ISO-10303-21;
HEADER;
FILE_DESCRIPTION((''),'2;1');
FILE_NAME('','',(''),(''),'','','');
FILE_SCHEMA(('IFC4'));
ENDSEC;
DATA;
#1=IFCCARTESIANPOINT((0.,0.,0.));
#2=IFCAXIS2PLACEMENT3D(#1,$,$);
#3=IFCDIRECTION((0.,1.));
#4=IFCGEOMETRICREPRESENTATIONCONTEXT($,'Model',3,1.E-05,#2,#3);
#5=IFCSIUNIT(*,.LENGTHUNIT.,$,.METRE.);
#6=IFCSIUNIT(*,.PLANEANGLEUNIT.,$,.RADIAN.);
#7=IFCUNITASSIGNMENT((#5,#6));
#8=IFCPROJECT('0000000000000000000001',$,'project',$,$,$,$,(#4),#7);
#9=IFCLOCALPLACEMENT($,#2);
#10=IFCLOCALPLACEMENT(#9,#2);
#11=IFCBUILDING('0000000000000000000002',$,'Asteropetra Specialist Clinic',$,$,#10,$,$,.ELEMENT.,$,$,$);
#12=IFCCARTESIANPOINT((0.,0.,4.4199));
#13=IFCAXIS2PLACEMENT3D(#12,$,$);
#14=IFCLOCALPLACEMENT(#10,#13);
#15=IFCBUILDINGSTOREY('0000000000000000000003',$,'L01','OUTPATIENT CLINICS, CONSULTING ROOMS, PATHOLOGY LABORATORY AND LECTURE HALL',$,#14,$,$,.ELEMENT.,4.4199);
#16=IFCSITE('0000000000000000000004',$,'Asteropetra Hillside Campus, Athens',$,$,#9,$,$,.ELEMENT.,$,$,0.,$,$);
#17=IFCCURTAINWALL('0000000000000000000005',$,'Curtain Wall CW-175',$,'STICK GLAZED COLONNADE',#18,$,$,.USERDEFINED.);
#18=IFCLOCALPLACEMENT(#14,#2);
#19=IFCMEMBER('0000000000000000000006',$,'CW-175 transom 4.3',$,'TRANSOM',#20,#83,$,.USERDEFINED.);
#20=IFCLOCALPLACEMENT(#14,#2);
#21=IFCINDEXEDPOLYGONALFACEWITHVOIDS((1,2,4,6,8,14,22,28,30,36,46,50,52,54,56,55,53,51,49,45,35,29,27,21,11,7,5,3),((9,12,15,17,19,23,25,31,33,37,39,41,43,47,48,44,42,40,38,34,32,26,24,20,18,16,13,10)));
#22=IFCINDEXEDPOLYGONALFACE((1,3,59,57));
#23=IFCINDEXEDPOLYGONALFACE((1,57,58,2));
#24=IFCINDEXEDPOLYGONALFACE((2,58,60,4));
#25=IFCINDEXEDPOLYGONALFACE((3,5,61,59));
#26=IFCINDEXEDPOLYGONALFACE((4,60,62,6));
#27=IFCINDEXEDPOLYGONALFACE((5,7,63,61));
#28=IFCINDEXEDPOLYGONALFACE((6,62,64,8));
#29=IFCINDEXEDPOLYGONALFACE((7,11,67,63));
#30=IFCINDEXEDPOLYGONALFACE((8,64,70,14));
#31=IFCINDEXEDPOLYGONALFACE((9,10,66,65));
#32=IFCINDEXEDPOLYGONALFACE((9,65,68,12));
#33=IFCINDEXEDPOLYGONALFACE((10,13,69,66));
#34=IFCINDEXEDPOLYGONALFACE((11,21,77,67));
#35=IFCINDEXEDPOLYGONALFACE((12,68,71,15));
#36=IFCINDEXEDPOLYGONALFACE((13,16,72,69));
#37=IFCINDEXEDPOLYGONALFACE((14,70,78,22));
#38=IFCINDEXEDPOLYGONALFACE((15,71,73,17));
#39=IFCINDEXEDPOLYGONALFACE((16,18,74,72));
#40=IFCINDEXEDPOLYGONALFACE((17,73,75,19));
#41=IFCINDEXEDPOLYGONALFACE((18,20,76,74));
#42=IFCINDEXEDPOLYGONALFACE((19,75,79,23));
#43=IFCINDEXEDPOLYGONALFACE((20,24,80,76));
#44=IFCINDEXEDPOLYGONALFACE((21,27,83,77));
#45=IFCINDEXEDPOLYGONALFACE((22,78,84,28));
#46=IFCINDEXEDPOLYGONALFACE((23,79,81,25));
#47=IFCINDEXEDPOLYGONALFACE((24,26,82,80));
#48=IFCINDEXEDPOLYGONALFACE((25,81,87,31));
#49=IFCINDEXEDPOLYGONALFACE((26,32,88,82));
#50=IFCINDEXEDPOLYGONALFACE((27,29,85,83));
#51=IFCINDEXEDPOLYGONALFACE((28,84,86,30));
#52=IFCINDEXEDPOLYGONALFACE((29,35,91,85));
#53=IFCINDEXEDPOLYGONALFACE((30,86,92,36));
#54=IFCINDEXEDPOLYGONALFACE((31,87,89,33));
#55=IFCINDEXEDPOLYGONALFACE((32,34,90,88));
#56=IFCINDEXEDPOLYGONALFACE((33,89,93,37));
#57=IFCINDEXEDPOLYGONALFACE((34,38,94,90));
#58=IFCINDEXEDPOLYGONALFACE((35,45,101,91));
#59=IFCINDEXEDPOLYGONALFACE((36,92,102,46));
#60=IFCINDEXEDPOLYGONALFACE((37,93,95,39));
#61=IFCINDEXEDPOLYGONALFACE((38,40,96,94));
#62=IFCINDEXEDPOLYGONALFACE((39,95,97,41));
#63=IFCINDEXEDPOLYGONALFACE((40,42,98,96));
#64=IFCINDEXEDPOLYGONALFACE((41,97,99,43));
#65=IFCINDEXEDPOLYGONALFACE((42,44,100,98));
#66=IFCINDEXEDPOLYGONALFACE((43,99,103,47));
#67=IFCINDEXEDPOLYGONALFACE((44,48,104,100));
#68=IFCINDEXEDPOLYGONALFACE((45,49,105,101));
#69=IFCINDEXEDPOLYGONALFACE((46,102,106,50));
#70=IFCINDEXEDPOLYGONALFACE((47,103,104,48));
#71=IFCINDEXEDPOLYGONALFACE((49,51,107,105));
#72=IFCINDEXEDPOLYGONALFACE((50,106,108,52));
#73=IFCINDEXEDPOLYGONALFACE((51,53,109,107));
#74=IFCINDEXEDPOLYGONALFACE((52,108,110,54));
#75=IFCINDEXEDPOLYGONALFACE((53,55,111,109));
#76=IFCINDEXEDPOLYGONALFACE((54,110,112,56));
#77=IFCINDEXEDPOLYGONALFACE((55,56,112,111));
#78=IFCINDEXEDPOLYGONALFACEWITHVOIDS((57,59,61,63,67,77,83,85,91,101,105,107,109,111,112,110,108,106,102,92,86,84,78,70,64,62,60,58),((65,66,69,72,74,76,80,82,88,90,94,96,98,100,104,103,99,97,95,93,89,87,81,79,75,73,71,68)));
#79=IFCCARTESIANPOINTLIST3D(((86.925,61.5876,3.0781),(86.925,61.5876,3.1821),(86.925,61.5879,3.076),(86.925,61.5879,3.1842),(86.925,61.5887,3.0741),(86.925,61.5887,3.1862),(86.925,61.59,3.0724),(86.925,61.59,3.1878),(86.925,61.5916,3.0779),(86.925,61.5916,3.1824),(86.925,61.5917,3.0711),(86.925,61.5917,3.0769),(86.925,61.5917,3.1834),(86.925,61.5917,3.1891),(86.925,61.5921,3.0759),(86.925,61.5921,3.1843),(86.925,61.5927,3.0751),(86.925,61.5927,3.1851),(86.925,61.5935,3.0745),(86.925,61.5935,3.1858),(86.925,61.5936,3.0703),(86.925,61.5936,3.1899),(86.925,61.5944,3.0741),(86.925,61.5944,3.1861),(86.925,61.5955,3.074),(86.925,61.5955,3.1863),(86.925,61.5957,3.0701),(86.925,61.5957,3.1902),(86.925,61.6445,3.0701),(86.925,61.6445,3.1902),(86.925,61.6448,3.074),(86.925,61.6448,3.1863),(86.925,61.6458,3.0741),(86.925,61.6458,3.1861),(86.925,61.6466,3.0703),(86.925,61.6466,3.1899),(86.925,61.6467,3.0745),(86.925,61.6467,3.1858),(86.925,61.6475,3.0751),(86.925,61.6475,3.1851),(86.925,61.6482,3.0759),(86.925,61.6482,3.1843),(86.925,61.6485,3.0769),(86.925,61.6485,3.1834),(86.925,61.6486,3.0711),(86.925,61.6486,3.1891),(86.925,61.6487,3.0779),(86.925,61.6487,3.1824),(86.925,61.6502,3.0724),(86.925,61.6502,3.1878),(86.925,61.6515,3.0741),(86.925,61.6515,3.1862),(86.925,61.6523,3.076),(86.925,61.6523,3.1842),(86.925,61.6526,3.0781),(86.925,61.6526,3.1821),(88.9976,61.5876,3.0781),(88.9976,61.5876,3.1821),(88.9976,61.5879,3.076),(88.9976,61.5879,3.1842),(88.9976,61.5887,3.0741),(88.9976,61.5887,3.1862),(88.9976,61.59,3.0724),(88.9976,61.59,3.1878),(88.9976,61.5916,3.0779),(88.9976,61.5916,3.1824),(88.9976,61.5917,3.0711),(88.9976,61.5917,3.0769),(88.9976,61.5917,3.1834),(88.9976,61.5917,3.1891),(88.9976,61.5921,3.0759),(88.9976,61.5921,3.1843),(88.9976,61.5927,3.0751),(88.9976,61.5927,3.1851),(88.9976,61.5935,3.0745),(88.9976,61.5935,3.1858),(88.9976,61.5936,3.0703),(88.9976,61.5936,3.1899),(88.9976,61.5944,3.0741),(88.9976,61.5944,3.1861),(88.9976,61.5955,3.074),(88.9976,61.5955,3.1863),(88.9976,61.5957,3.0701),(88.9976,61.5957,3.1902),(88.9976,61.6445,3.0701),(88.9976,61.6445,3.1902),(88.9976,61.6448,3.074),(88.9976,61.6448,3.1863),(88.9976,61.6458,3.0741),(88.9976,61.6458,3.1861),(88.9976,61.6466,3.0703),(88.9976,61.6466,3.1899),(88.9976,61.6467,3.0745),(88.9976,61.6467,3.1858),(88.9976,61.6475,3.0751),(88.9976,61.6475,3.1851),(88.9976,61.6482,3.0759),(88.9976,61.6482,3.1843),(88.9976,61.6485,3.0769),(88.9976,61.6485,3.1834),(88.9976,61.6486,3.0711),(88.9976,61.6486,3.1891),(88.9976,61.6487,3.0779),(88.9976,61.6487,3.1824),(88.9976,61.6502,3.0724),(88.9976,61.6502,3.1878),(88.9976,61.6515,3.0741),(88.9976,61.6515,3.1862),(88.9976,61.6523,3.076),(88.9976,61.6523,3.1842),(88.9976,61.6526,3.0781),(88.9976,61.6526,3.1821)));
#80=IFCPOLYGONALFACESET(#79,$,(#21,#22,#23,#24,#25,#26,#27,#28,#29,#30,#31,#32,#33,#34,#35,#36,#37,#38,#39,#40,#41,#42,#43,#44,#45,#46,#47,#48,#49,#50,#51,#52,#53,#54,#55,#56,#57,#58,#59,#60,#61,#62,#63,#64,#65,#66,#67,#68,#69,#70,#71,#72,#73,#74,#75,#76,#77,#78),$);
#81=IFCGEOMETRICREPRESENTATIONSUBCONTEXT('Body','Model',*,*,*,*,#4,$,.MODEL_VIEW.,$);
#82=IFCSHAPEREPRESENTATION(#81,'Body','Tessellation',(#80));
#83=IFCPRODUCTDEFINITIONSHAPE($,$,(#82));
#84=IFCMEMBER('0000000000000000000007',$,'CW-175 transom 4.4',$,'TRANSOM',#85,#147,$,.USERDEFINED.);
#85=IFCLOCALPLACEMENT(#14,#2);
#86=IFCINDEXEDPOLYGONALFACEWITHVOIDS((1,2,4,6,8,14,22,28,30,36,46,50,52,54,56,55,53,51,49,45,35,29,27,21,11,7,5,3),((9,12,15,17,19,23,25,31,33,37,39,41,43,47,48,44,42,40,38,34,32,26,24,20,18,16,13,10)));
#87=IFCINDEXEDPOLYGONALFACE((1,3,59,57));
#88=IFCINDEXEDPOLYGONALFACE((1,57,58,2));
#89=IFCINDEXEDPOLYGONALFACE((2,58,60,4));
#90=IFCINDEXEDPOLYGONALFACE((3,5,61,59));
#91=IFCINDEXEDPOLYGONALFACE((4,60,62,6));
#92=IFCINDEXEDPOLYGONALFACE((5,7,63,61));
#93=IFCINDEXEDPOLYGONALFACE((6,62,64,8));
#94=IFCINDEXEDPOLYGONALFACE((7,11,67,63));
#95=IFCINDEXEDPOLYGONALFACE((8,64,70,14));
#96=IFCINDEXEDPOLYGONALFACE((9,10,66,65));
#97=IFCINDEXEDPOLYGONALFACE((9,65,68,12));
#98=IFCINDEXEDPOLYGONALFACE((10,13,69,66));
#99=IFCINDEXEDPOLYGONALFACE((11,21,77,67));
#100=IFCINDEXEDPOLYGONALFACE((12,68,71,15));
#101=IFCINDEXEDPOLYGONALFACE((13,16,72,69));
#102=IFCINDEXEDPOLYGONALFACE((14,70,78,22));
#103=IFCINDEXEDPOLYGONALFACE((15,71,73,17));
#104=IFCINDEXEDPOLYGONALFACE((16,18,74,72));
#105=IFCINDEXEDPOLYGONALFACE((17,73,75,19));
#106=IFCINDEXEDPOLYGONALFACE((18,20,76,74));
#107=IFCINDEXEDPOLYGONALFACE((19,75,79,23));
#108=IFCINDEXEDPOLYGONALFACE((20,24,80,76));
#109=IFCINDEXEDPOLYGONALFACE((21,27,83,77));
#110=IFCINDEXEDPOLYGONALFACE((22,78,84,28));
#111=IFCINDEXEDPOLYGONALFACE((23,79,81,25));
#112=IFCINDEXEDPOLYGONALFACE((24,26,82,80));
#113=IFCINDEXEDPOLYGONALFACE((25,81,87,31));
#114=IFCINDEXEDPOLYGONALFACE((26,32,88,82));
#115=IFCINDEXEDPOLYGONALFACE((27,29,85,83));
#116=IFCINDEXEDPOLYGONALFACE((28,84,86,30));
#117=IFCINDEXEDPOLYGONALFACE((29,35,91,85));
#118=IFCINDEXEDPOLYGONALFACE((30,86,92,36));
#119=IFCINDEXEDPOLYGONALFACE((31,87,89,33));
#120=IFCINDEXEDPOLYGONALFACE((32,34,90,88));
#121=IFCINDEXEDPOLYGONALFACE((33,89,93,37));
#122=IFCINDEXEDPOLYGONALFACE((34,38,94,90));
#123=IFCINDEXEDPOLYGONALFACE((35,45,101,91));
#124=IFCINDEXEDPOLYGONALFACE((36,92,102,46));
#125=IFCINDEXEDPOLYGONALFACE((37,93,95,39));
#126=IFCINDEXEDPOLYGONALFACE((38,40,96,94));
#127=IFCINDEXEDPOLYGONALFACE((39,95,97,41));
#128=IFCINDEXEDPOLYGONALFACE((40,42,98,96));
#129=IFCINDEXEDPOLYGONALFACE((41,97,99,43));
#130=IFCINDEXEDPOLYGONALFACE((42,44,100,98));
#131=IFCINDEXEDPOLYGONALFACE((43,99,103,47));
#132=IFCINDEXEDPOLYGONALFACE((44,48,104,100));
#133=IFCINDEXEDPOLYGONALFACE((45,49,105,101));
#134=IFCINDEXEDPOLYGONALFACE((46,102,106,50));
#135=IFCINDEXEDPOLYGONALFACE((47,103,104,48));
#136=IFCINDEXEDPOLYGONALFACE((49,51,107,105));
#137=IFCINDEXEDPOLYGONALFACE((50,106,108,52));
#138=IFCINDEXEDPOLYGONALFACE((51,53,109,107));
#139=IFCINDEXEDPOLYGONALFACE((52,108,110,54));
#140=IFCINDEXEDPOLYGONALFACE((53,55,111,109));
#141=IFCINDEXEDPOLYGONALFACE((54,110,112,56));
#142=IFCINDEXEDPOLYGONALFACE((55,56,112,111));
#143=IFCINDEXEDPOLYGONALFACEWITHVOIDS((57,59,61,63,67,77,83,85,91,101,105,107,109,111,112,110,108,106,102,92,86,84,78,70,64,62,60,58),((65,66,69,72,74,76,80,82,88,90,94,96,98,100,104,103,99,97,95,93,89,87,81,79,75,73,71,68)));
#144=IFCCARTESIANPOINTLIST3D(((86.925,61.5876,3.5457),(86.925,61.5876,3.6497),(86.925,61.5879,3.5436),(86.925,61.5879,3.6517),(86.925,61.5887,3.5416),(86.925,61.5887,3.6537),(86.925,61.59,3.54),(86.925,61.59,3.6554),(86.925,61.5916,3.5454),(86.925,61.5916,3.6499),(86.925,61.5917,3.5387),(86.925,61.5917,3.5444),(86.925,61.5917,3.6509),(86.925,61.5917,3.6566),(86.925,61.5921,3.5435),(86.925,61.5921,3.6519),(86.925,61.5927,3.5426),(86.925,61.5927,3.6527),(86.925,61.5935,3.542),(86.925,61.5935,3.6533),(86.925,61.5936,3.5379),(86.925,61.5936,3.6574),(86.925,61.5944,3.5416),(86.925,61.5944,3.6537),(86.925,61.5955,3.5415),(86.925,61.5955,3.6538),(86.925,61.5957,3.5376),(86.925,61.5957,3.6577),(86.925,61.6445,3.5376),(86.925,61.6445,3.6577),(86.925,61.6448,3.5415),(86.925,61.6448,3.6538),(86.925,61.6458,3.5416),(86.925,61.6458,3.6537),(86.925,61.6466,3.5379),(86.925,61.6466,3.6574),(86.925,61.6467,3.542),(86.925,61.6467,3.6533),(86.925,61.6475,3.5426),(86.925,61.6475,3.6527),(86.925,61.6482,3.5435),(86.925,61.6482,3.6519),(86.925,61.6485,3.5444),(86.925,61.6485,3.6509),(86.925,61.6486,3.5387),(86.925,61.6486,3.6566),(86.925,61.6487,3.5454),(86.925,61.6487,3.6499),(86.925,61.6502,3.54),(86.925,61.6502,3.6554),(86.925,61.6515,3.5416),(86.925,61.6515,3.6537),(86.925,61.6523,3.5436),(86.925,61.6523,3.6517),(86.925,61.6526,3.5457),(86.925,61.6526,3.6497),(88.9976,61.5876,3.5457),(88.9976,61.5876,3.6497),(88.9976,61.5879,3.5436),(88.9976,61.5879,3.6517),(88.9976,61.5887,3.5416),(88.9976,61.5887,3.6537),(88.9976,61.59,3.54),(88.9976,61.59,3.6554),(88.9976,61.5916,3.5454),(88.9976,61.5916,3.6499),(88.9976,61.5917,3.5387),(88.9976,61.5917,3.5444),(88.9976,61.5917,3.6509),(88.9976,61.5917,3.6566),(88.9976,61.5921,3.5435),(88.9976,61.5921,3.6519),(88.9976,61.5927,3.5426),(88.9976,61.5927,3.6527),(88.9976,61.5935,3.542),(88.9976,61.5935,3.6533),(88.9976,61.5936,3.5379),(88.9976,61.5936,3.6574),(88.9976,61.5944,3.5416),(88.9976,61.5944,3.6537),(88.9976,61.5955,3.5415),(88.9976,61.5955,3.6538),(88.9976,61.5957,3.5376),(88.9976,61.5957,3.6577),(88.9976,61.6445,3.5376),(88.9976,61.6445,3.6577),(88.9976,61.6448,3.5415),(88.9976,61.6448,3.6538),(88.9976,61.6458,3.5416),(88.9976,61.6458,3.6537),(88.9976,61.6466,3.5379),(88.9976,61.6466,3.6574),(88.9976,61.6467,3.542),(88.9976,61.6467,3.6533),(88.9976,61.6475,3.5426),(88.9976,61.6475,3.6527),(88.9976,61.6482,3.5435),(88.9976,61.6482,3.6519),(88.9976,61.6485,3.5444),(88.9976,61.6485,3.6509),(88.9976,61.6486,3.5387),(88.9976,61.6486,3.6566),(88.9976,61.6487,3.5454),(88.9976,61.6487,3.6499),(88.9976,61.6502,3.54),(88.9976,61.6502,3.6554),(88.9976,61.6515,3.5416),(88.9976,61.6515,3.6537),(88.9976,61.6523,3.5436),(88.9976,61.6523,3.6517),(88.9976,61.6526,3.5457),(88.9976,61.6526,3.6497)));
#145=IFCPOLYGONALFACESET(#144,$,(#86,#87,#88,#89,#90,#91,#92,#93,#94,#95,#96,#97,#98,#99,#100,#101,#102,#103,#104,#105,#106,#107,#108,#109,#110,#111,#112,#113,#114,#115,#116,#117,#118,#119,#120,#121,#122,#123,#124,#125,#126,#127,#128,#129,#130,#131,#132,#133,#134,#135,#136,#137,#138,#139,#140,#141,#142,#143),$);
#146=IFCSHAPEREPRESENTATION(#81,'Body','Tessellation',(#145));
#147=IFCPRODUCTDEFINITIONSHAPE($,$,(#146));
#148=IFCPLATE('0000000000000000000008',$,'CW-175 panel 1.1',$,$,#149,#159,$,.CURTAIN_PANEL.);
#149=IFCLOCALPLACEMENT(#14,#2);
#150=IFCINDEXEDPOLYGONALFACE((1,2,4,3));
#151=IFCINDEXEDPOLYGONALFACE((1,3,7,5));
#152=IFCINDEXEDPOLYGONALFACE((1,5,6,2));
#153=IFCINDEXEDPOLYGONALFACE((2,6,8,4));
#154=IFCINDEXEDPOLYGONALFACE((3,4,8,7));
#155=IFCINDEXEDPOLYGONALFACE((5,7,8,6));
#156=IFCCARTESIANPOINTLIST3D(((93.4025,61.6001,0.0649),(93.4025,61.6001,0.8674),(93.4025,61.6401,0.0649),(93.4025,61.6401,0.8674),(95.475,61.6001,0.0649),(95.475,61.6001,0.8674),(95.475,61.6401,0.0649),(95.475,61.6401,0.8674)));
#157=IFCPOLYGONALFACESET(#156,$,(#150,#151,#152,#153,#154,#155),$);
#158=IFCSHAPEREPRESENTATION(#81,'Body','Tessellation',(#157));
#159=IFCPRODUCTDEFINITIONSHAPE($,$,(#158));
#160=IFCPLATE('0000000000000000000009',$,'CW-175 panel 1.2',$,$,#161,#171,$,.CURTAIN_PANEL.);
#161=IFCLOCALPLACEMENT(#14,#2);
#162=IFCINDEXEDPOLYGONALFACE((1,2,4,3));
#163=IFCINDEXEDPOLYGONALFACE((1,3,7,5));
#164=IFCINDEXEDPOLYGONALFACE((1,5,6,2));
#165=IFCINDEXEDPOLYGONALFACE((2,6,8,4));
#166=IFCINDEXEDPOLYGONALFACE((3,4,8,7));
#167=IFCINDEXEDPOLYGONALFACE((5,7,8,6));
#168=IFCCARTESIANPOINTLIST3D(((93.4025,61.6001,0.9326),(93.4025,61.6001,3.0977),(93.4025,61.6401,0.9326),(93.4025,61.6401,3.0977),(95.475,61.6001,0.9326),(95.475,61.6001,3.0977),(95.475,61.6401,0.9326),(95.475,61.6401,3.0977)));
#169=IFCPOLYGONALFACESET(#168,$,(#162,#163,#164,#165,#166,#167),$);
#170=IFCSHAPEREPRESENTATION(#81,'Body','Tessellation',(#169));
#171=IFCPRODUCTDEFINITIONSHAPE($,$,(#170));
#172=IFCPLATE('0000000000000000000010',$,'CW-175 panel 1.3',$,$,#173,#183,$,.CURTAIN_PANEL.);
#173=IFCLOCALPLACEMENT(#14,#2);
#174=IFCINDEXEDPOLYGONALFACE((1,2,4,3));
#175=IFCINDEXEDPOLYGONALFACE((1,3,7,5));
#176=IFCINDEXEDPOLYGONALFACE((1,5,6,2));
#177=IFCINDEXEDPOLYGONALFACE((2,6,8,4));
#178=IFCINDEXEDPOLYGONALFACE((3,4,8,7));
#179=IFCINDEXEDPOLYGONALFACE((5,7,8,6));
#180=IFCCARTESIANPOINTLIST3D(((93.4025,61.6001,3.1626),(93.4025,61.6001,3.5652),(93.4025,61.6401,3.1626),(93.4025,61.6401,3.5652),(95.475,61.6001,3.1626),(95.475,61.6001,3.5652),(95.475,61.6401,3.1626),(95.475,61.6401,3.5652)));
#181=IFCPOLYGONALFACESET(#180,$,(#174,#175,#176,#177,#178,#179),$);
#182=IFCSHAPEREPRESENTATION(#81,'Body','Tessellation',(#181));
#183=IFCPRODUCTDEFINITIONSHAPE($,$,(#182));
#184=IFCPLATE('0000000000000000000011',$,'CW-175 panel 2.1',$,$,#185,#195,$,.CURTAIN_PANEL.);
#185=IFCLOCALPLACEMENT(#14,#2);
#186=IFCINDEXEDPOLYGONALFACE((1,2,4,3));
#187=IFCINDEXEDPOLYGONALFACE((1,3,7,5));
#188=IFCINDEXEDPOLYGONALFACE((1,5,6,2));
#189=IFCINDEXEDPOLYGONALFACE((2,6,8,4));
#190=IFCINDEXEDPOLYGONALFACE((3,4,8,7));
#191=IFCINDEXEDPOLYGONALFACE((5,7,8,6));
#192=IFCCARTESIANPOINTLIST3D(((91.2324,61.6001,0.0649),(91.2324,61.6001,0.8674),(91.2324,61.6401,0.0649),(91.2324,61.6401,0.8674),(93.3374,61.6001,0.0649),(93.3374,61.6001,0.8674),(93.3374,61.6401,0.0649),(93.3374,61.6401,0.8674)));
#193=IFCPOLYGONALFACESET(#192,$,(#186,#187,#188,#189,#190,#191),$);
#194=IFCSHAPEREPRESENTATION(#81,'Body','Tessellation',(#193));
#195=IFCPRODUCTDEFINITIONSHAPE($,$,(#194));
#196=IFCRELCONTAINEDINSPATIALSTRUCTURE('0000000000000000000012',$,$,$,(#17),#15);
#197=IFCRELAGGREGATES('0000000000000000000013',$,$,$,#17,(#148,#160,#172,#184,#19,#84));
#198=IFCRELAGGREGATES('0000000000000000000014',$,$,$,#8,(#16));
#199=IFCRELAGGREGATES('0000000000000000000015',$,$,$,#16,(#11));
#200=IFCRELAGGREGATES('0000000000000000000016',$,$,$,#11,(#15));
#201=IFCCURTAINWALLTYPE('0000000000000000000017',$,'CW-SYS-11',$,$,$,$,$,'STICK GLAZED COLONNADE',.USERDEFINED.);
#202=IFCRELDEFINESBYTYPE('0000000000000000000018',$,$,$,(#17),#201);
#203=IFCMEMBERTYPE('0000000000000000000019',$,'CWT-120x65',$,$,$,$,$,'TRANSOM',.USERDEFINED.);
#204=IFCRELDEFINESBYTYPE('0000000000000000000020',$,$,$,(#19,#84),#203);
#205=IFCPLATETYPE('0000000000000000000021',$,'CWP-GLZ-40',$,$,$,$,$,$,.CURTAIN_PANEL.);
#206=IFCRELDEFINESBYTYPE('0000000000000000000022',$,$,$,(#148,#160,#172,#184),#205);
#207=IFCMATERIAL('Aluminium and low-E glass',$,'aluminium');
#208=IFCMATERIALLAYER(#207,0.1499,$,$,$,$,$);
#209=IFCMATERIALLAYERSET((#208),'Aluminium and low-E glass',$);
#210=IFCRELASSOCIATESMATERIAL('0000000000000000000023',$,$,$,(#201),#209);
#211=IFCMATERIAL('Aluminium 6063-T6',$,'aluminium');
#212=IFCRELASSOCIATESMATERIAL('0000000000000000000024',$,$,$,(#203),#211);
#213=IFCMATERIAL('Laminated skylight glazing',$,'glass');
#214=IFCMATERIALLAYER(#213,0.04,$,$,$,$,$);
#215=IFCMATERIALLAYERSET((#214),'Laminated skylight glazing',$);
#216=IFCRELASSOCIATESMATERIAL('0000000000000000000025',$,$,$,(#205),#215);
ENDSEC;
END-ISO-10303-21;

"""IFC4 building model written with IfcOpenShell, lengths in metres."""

from ifc_helpers import new_model, si_unit, direction, frame, origin, origin_2d, place, context, subcontext, project, spatial, rectangle, hollow_rectangle, extrude, material, layer, layer_set, material_profile, profile_set, type_object, element, aggregate, save


model = new_model("IFC4")

# Units and contexts
model_context = context("Model", 3, precision=1e-05, world=origin(), true_north=direction((0.0, 1.0)))
body_context = subcontext(model_context, "Body", "Model", "MODEL_VIEW")
ifc_project = project(units=[si_unit("LENGTHUNIT", "METRE"), si_unit("PLANEANGLEUNIT", "RADIAN")], contexts=[model_context])

# Site, building, storey
site_placement = place(None, origin())
site = spatial("IfcSite", under=ifc_project, at=site_placement, Name="Asteropetra Hillside Campus, Athens", CompositionType="ELEMENT", RefElevation=0.0)
building_placement = place(site_placement, origin())
building = spatial("IfcBuilding", under=site, at=building_placement, Name="Asteropetra Specialist Clinic", CompositionType="ELEMENT")
storey_placement = place(building_placement, frame((0.0, 0.0, 4.4199)))
storey = spatial("IfcBuildingStorey", under=building, at=storey_placement, Name="L01", Description="OUTPATIENT CLINICS, CONSULTING ROOMS, PATHOLOGY LABORATORY AND LECTURE HALL", CompositionType="ELEMENT", Elevation=4.4199)

# Curtain wall, members, plates
ifc_material_1 = material(Name="Aluminium and low-E glass", Category="aluminium")
ifc_layer_1 = layer(ifc_material_1, 0.1499)
ifc_layer_set_1 = layer_set([ifc_layer_1], Name="Aluminium and low-E glass")
curtain_wall_type = type_object("IfcCurtainWallType", Name="CW-SYS-11", ElementType="STICK GLAZED COLONNADE", PredefinedType="USERDEFINED", material=ifc_layer_set_1)
curtain_wall_placement = place(storey_placement, origin())
curtain_wall = element("IfcCurtainWall", 1, at=curtain_wall_placement, inside=storey, type_object=curtain_wall_type, Name="Curtain Wall CW-175", ObjectType="STICK GLAZED COLONNADE", PredefinedType="USERDEFINED")
ifc_material_2 = material(Name="Aluminium 6063-T6", Category="aluminium")
ifc_material_profile_1 = material_profile(ifc_material_2, hollow_rectangle(XDim=0.0649, YDim=0.1201, WallThickness=0.0039, InnerFilletRadius=0.0039, OuterFilletRadius=0.0081, at=origin_2d()), Name="TRN 120x65x4.0")
ifc_profile_set_1 = profile_set([ifc_material_profile_1], Name="Aluminium 6063-T6")
member_type_1 = type_object("IfcMemberType", Name="CWT-120x65", ElementType="TRANSOM", PredefinedType="USERDEFINED", material=ifc_profile_set_1)
member_1_placement = place(storey_placement, frame((88.9976, 61.6201, 3.1301), z_axis=(-1.0, 0.0, 0.0), x_axis=(0.0, -1.0, 0.0)))
member_1 = element("IfcMember", 2, at=member_1_placement, type_object=member_type_1, Name="CW-175 transom 4.3", ObjectType="TRANSOM", PredefinedType="USERDEFINED", context=body_context, shape_type="SweptSolid", body=[
    extrude(hollow_rectangle(XDim=0.0649, YDim=0.1201, WallThickness=0.0039, InnerFilletRadius=0.0039, OuterFilletRadius=0.0081, at=origin_2d()), origin(), (0.0, 0.0, 1.0), 2.0725),
])
member_2_placement = place(storey_placement, frame((88.9976, 61.6201, 3.5977), z_axis=(-1.0, 0.0, 0.0), x_axis=(0.0, -1.0, 0.0)))
member_2 = element("IfcMember", 3, at=member_2_placement, type_object=member_type_1, Name="CW-175 transom 4.4", ObjectType="TRANSOM", PredefinedType="USERDEFINED", context=body_context, shape_type="SweptSolid", body=[
    extrude(hollow_rectangle(XDim=0.0649, YDim=0.1201, WallThickness=0.0039, InnerFilletRadius=0.0039, OuterFilletRadius=0.0081, at=origin_2d()), origin(), (0.0, 0.0, 1.0), 2.0725),
])
ifc_material_3 = material(Name="Laminated skylight glazing", Category="glass")
ifc_layer_2 = layer(ifc_material_3, 0.04)
ifc_layer_set_2 = layer_set([ifc_layer_2], Name="Laminated skylight glazing")
plate_type = type_object("IfcPlateType", Name="CWP-GLZ-40", PredefinedType="CURTAIN_PANEL", material=ifc_layer_set_2)
plate_1_placement = place(storey_placement, frame((94.4387, 61.6201, 0.0649), z_axis=(0.0, 0.0, 1.0), x_axis=(-1.0, 0.0, 0.0)))
plate_1 = element("IfcPlate", 4, at=plate_1_placement, type_object=plate_type, Name="CW-175 panel 1.1", PredefinedType="CURTAIN_PANEL", context=body_context, shape_type="SweptSolid", body=[
    extrude(rectangle(XDim=2.0725, YDim=0.04, at=origin_2d()), origin(), (0.0, 0.0, 1.0), 0.8025),
])
plate_2_placement = place(storey_placement, frame((94.4387, 61.6201, 0.9326), z_axis=(0.0, 0.0, 1.0), x_axis=(-1.0, 0.0, 0.0)))
plate_2 = element("IfcPlate", 5, at=plate_2_placement, type_object=plate_type, Name="CW-175 panel 1.2", PredefinedType="CURTAIN_PANEL", context=body_context, shape_type="SweptSolid", body=[
    extrude(rectangle(XDim=2.0725, YDim=0.04, at=origin_2d()), origin(), (0.0, 0.0, 1.0), 2.165),
])
plate_3_placement = place(storey_placement, frame((94.4387, 61.6201, 3.1626), z_axis=(0.0, 0.0, 1.0), x_axis=(-1.0, 0.0, 0.0)))
plate_3 = element("IfcPlate", 6, at=plate_3_placement, type_object=plate_type, Name="CW-175 panel 1.3", PredefinedType="CURTAIN_PANEL", context=body_context, shape_type="SweptSolid", body=[
    extrude(rectangle(XDim=2.0725, YDim=0.04, at=origin_2d()), origin(), (0.0, 0.0, 1.0), 0.4026),
])
plate_4_placement = place(storey_placement, frame((92.2849, 61.6201, 0.0649), z_axis=(0.0, 0.0, 1.0), x_axis=(-1.0, 0.0, 0.0)))
plate_4 = element("IfcPlate", 7, at=plate_4_placement, type_object=plate_type, Name="CW-175 panel 2.1", PredefinedType="CURTAIN_PANEL", context=body_context, shape_type="SweptSolid", body=[
    extrude(rectangle(XDim=2.105, YDim=0.04, at=origin_2d()), origin(), (0.0, 0.0, 1.0), 0.8025),
])
aggregate(curtain_wall, [plate_1, plate_2, plate_3, plate_4, member_1, member_2])

save(model, "model.ifc")
